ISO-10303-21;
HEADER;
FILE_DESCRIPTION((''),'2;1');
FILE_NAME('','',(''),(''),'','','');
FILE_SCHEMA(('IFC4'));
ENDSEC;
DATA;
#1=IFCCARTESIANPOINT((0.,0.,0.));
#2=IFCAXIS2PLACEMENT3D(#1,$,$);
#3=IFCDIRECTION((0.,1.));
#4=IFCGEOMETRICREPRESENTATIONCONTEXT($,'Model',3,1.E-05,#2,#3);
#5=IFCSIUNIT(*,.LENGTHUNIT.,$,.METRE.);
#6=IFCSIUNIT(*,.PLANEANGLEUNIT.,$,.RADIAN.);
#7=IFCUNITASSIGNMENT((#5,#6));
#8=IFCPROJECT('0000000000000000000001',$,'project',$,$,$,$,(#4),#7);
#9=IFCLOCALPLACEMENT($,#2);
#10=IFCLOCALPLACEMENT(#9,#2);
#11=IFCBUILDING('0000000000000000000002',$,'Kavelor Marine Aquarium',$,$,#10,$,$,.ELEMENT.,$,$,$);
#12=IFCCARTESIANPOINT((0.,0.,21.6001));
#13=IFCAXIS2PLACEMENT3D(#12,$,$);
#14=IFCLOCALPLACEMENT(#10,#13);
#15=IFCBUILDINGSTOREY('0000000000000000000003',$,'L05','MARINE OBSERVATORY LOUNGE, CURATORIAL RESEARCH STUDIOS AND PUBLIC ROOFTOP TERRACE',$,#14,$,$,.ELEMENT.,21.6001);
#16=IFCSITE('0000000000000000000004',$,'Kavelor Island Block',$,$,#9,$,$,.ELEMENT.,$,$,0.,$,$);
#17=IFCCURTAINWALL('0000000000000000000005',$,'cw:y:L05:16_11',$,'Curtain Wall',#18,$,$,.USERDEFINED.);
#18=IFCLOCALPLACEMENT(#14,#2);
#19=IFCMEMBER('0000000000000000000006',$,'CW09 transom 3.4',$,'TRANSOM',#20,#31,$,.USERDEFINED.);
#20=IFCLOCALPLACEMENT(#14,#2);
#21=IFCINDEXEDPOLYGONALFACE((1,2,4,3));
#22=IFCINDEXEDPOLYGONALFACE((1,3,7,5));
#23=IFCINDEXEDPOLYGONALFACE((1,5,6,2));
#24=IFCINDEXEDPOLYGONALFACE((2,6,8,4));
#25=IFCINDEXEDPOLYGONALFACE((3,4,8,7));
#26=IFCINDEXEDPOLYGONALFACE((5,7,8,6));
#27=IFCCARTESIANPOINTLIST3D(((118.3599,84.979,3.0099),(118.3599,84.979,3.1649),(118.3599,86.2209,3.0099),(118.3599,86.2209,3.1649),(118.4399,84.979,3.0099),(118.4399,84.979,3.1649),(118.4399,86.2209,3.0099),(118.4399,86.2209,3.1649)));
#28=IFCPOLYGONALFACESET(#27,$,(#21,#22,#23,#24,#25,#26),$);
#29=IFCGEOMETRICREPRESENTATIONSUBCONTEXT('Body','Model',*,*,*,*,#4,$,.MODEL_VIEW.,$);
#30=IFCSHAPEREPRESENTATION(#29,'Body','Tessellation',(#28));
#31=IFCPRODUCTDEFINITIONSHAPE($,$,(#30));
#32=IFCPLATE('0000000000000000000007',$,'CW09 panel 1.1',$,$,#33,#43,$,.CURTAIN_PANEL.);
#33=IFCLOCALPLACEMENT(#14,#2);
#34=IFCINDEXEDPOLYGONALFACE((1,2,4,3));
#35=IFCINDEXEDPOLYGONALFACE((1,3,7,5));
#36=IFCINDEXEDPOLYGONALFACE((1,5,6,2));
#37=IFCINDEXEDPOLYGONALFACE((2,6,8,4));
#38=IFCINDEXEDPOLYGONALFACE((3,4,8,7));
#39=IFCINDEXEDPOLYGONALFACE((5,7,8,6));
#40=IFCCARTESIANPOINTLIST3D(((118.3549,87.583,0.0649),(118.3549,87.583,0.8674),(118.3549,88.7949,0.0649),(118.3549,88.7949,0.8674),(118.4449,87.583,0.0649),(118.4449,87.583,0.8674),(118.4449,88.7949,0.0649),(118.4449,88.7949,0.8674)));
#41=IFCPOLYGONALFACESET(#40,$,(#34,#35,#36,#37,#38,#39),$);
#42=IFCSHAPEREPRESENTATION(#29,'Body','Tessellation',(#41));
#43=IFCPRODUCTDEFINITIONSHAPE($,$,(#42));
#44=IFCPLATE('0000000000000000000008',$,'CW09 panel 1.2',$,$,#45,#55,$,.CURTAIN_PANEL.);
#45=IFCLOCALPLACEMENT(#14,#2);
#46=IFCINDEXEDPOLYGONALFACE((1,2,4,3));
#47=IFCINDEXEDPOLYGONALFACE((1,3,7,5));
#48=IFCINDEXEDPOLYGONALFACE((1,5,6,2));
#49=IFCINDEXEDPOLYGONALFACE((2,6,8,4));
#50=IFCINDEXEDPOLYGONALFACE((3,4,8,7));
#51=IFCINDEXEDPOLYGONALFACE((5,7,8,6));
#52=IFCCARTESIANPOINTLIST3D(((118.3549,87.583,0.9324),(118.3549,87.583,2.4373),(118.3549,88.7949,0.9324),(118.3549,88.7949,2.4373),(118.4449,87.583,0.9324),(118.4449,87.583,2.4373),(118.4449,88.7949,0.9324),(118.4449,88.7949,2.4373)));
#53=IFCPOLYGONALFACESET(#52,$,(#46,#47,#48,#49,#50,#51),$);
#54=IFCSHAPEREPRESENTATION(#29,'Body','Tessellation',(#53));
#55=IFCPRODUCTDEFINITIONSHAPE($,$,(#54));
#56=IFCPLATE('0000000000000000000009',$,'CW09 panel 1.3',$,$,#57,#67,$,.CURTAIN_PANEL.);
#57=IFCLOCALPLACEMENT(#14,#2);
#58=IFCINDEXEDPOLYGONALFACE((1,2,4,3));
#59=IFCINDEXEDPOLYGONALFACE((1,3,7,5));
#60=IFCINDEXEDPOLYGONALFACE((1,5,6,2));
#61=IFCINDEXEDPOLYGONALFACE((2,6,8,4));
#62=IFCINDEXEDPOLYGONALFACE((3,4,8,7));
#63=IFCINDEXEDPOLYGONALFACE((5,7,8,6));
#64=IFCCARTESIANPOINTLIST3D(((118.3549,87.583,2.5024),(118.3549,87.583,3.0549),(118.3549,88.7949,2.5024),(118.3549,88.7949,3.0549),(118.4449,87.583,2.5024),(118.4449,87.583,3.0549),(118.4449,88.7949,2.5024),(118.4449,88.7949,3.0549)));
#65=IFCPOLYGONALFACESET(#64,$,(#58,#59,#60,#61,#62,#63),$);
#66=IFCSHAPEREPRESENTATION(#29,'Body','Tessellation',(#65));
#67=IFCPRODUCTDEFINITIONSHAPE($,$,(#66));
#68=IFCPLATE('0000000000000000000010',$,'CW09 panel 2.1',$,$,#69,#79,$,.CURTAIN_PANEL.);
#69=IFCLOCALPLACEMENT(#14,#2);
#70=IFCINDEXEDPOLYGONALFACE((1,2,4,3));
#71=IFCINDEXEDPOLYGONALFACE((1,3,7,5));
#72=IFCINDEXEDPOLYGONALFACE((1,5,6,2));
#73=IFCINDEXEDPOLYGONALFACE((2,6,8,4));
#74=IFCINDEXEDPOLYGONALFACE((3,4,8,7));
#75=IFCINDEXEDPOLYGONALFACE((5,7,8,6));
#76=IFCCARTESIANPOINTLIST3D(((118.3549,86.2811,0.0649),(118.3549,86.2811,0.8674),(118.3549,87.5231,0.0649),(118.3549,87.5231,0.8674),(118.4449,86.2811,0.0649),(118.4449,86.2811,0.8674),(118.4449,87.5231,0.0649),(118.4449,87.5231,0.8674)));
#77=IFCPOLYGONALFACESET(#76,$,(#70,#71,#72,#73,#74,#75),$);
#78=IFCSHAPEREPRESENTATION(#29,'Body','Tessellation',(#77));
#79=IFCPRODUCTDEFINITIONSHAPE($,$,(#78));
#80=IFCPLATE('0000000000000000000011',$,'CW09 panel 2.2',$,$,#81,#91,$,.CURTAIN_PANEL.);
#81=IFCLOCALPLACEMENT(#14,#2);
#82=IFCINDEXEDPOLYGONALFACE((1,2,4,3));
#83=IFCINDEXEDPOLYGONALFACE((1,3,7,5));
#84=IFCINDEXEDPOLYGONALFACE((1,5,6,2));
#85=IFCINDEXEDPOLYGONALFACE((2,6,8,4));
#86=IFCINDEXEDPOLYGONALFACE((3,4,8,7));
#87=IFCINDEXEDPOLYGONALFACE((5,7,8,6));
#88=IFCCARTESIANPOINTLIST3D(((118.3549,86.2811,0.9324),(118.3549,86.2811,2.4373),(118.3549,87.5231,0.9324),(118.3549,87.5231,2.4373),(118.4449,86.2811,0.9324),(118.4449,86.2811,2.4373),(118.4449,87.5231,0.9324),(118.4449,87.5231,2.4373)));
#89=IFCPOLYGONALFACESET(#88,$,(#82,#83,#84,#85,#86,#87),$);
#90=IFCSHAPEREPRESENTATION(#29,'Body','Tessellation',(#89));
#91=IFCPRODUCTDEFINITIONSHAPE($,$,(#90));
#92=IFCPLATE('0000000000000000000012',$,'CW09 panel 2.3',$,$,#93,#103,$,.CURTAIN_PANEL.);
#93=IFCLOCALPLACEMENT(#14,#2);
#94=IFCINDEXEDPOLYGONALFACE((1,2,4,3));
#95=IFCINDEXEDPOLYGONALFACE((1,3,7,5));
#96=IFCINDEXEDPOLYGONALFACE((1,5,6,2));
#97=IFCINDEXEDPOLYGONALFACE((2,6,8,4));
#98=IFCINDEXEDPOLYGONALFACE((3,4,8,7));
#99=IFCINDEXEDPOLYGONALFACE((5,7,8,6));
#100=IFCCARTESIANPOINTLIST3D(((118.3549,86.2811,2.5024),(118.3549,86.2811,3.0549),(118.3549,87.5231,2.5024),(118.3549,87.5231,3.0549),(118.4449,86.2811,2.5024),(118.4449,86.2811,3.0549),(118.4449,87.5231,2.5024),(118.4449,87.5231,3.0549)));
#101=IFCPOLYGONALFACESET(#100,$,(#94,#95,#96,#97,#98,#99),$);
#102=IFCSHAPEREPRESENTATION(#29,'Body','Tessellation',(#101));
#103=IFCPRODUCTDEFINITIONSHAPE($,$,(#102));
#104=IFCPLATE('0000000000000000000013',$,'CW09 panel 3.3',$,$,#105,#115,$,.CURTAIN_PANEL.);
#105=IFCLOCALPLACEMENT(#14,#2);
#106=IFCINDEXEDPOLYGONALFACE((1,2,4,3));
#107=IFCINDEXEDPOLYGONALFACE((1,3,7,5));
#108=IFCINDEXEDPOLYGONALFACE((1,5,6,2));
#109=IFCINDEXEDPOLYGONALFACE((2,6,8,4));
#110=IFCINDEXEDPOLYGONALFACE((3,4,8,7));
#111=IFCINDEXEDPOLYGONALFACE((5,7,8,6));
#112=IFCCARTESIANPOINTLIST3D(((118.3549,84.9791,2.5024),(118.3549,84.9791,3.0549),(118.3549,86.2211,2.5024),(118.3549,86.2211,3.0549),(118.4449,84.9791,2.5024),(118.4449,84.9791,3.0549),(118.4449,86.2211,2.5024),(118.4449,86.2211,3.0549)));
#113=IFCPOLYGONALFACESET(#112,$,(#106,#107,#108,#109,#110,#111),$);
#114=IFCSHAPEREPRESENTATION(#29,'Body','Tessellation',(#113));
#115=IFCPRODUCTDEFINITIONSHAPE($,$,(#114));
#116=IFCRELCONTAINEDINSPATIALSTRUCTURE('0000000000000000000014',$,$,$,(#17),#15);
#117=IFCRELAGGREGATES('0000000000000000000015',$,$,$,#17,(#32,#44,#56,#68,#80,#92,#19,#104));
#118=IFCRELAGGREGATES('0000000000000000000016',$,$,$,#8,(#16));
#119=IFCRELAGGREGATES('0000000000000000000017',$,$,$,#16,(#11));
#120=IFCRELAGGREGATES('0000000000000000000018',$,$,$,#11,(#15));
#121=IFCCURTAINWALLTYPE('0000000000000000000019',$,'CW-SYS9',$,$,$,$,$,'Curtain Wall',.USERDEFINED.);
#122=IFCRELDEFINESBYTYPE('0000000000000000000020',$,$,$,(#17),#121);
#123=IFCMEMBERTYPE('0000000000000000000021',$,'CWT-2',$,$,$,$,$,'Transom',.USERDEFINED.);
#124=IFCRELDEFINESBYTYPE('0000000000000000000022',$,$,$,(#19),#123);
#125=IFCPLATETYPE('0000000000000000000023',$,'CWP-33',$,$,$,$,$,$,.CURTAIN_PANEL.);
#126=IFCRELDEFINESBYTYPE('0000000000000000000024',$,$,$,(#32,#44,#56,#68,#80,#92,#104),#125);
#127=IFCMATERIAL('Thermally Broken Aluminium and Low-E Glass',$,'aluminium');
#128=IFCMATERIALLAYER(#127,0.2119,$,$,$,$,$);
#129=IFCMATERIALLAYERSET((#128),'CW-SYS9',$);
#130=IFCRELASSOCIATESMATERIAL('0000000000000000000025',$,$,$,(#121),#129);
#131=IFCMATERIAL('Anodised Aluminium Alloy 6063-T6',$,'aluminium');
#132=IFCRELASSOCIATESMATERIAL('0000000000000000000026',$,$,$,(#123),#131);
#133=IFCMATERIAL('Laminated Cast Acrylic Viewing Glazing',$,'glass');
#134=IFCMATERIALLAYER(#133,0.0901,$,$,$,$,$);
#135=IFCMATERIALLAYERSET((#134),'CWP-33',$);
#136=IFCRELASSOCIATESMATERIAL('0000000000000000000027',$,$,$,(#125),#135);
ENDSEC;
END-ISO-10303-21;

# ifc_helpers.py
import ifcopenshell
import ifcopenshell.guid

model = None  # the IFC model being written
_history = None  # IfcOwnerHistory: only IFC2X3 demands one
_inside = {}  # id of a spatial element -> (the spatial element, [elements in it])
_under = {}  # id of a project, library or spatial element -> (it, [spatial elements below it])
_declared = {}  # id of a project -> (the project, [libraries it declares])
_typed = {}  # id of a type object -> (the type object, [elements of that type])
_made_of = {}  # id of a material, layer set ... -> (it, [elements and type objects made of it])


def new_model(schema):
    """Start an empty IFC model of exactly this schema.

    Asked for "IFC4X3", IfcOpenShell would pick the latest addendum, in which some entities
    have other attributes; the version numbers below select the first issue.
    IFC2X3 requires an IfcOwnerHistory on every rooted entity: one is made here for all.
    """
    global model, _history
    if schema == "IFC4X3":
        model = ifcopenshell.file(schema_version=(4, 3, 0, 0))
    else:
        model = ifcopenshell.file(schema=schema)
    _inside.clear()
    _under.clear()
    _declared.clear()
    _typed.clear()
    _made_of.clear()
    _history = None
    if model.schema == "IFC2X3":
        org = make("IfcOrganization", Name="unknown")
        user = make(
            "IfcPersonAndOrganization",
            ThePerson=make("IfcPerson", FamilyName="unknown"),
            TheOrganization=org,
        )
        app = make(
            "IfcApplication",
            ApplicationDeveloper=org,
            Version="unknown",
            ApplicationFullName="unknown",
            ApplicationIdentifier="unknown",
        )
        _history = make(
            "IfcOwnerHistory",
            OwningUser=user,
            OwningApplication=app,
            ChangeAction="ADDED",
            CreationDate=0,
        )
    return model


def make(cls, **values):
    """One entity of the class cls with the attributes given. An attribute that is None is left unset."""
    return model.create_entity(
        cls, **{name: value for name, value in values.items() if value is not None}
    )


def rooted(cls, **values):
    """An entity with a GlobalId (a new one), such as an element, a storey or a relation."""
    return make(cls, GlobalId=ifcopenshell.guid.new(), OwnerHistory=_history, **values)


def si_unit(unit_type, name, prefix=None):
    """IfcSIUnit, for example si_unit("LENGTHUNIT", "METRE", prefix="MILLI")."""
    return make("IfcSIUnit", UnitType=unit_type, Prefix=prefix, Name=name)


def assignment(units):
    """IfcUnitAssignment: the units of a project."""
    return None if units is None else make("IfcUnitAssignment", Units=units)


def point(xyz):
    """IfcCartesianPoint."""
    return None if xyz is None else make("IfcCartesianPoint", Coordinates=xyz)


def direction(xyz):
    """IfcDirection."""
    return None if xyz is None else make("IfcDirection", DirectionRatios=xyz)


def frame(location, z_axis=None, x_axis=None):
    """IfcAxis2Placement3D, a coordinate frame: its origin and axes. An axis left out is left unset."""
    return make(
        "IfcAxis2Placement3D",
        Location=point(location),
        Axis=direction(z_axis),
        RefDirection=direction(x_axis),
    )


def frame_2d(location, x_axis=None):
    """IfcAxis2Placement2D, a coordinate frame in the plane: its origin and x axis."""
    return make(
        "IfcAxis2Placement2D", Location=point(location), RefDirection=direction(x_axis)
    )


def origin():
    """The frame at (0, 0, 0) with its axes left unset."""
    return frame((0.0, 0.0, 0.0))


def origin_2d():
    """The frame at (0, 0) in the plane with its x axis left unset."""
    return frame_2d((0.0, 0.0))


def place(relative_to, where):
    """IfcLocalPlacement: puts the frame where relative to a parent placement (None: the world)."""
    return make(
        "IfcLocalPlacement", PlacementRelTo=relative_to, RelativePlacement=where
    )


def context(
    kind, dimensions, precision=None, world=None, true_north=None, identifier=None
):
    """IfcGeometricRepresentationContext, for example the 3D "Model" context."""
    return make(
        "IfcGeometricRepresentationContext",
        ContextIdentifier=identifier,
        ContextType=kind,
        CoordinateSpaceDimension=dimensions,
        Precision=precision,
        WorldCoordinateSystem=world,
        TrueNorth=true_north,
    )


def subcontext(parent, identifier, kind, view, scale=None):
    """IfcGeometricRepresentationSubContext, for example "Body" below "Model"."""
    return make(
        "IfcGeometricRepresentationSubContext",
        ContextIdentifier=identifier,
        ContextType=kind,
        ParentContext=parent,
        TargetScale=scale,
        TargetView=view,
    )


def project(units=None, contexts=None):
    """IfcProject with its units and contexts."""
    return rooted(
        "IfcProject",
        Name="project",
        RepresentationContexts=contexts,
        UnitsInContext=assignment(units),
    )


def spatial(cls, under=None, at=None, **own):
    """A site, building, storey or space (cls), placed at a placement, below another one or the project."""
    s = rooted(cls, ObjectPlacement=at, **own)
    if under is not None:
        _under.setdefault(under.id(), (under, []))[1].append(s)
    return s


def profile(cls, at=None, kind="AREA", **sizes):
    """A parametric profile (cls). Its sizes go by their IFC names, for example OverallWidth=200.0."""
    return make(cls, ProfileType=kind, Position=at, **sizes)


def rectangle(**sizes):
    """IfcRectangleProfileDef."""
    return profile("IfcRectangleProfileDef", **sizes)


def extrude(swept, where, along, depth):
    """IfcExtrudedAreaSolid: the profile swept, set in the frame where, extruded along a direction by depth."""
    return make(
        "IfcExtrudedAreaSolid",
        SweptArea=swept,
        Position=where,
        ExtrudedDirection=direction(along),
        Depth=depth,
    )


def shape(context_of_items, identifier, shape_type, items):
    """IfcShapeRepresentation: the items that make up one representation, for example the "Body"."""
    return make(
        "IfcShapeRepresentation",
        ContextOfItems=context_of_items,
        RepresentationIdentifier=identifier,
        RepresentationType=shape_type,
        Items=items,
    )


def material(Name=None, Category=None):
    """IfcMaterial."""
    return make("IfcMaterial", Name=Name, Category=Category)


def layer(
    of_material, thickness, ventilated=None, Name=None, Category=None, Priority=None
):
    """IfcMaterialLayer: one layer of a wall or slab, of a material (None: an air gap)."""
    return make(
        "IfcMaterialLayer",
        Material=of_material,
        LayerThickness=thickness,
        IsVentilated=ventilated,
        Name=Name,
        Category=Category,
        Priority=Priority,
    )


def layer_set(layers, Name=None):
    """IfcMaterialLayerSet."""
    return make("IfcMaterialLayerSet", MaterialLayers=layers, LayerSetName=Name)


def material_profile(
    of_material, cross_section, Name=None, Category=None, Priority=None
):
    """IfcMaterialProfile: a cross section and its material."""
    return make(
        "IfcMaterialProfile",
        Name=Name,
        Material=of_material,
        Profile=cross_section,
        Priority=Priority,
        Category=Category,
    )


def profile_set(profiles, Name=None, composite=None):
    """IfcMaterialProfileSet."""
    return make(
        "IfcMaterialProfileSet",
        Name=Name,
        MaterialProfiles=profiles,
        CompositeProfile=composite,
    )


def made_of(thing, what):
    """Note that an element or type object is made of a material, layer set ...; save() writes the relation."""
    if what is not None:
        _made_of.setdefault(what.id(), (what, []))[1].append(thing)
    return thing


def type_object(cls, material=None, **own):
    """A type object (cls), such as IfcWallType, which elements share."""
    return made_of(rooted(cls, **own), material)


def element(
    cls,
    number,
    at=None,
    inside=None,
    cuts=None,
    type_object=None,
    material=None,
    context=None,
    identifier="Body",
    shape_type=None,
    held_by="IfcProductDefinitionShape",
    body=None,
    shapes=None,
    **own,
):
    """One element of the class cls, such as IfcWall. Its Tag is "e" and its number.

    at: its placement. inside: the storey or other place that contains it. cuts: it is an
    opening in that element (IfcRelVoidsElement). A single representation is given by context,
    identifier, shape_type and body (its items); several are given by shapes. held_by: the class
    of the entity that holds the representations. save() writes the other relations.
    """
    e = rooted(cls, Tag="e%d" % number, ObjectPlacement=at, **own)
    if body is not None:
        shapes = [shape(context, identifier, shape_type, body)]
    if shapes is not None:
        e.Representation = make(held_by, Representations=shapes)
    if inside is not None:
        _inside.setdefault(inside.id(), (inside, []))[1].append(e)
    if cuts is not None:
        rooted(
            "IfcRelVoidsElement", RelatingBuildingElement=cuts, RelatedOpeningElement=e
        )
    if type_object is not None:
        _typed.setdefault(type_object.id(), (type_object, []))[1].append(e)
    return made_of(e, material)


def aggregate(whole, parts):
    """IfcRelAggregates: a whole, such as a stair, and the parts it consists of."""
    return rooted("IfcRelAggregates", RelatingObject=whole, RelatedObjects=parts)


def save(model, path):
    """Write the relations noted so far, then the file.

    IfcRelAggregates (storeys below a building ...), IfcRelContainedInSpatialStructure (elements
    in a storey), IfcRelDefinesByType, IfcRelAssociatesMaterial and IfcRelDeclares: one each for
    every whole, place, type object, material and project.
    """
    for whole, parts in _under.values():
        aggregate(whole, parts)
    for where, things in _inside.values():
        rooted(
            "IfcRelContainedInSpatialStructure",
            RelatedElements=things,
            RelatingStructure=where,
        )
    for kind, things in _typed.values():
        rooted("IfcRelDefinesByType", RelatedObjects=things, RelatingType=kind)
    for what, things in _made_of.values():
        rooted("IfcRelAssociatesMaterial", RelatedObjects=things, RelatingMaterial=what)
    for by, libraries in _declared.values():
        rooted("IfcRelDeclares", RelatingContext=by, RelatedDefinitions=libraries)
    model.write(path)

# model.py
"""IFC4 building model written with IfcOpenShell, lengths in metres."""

from ifc_helpers import new_model, si_unit, direction, frame, origin, origin_2d, place, context, subcontext, project, spatial, rectangle, extrude, material, layer, layer_set, material_profile, profile_set, type_object, element, aggregate, save


model = new_model("IFC4")

# Units and contexts
model_context = context("Model", 3, precision=1e-05, world=origin(), true_north=direction((0.0, 1.0)))
body_context = subcontext(model_context, "Body", "Model", "MODEL_VIEW")
ifc_project = project(units=[si_unit("LENGTHUNIT", "METRE"), si_unit("PLANEANGLEUNIT", "RADIAN")], contexts=[model_context])

# Site, building, storey
site_placement = place(None, origin())
site = spatial("IfcSite", under=ifc_project, at=site_placement, Name="Kavelor Island Block", CompositionType="ELEMENT", RefElevation=0.0)
building_placement = place(site_placement, origin())
building = spatial("IfcBuilding", under=site, at=building_placement, Name="Kavelor Marine Aquarium", CompositionType="ELEMENT")
storey_placement = place(building_placement, frame((0.0, 0.0, 21.6001)))
storey = spatial("IfcBuildingStorey", under=building, at=storey_placement, Name="L05", Description="MARINE OBSERVATORY LOUNGE, CURATORIAL RESEARCH STUDIOS AND PUBLIC ROOFTOP TERRACE", CompositionType="ELEMENT", Elevation=21.6001)

# Curtain wall, member, plates
ifc_material_1 = material(Name="Thermally Broken Aluminium and Low-E Glass", Category="aluminium")
ifc_layer_1 = layer(ifc_material_1, 0.2119)
ifc_layer_set_1 = layer_set([ifc_layer_1], Name="CW-SYS9")
curtain_wall_type = type_object("IfcCurtainWallType", Name="CW-SYS9", ElementType="Curtain Wall", PredefinedType="USERDEFINED", material=ifc_layer_set_1)
curtain_wall_placement = place(storey_placement, origin())
curtain_wall = element("IfcCurtainWall", 1, at=curtain_wall_placement, inside=storey, type_object=curtain_wall_type, Name="cw:y:L05:16_11", ObjectType="Curtain Wall", PredefinedType="USERDEFINED")
ifc_material_2 = material(Name="Anodised Aluminium Alloy 6063-T6", Category="aluminium")
ifc_material_profile_1 = material_profile(ifc_material_2, rectangle(XDim=0.0801, YDim=0.155, at=origin_2d()), Name="CW-TRN 80x155")
ifc_profile_set_1 = profile_set([ifc_material_profile_1], Name="Anodised Aluminium Alloy 6063-T6")
member_type_1 = type_object("IfcMemberType", Name="CWT-2", ElementType="Transom", PredefinedType="USERDEFINED", material=ifc_profile_set_1)
member_1_placement = place(storey_placement, frame((118.3999, 86.2209, 3.0874), z_axis=(0.0, -1.0, 0.0), x_axis=(1.0, 0.0, 0.0)))
member_1 = element("IfcMember", 2, at=member_1_placement, type_object=member_type_1, Name="CW09 transom 3.4", ObjectType="TRANSOM", PredefinedType="USERDEFINED", context=body_context, shape_type="SweptSolid", body=[
    extrude(rectangle(XDim=0.0801, YDim=0.155, at=origin_2d()), origin(), (0.0, 0.0, 1.0), 1.2419),
])
ifc_material_3 = material(Name="Laminated Cast Acrylic Viewing Glazing", Category="glass")
ifc_layer_2 = layer(ifc_material_3, 0.0901)
ifc_layer_set_2 = layer_set([ifc_layer_2], Name="CWP-33")
plate_type = type_object("IfcPlateType", Name="CWP-33", PredefinedType="CURTAIN_PANEL", material=ifc_layer_set_2)
plate_1_placement = place(storey_placement, frame((118.3999, 88.189, 0.0649), z_axis=(0.0, 0.0, 1.0), x_axis=(0.0, -1.0, 0.0)))
plate_1 = element("IfcPlate", 3, at=plate_1_placement, type_object=plate_type, Name="CW09 panel 1.1", PredefinedType="CURTAIN_PANEL", context=body_context, shape_type="SweptSolid", body=[
    extrude(rectangle(XDim=1.2119, YDim=0.0901, at=origin_2d()), origin(), (0.0, 0.0, 1.0), 0.8025),
])
plate_2_placement = place(storey_placement, frame((118.3999, 88.189, 0.9324), z_axis=(0.0, 0.0, 1.0), x_axis=(0.0, -1.0, 0.0)))
plate_2 = element("IfcPlate", 4, at=plate_2_placement, type_object=plate_type, Name="CW09 panel 1.2", PredefinedType="CURTAIN_PANEL", context=body_context, shape_type="SweptSolid", body=[
    extrude(rectangle(XDim=1.2119, YDim=0.0901, at=origin_2d()), origin(), (0.0, 0.0, 1.0), 1.5049),
])
plate_3_placement = place(storey_placement, frame((118.3999, 88.189, 2.5024), z_axis=(0.0, 0.0, 1.0), x_axis=(0.0, -1.0, 0.0)))
plate_3 = element("IfcPlate", 5, at=plate_3_placement, type_object=plate_type, Name="CW09 panel 1.3", PredefinedType="CURTAIN_PANEL", context=body_context, shape_type="SweptSolid", body=[
    extrude(rectangle(XDim=1.2119, YDim=0.0901, at=origin_2d()), origin(), (0.0, 0.0, 1.0), 0.5525),
])
plate_4_placement = place(storey_placement, frame((118.3999, 86.9021, 0.0649), z_axis=(0.0, 0.0, 1.0), x_axis=(0.0, -1.0, 0.0)))
plate_4 = element("IfcPlate", 6, at=plate_4_placement, type_object=plate_type, Name="CW09 panel 2.1", PredefinedType="CURTAIN_PANEL", context=body_context, shape_type="SweptSolid", body=[
    extrude(rectangle(XDim=1.2419, YDim=0.0901, at=origin_2d()), origin(), (0.0, 0.0, 1.0), 0.8025),
])
plate_5_placement = place(storey_placement, frame((118.3999, 86.9021, 0.9324), z_axis=(0.0, 0.0, 1.0), x_axis=(0.0, -1.0, 0.0)))
plate_5 = element("IfcPlate", 7, at=plate_5_placement, type_object=plate_type, Name="CW09 panel 2.2", PredefinedType="CURTAIN_PANEL", context=body_context, shape_type="SweptSolid", body=[
    extrude(rectangle(XDim=1.2419, YDim=0.0901, at=origin_2d()), origin(), (0.0, 0.0, 1.0), 1.5049),
])
plate_6_placement = place(storey_placement, frame((118.3999, 86.9021, 2.5024), z_axis=(0.0, 0.0, 1.0), x_axis=(0.0, -1.0, 0.0)))
plate_6 = element("IfcPlate", 8, at=plate_6_placement, type_object=plate_type, Name="CW09 panel 2.3", PredefinedType="CURTAIN_PANEL", context=body_context, shape_type="SweptSolid", body=[
    extrude(rectangle(XDim=1.2419, YDim=0.0901, at=origin_2d()), origin(), (0.0, 0.0, 1.0), 0.5525),
])
plate_7_placement = place(storey_placement, frame((118.3999, 85.6001, 2.5024), z_axis=(0.0, 0.0, 1.0), x_axis=(0.0, -1.0, 0.0)))
plate_7 = element("IfcPlate", 9, at=plate_7_placement, type_object=plate_type, Name="CW09 panel 3.3", PredefinedType="CURTAIN_PANEL", context=body_context, shape_type="SweptSolid", body=[
    extrude(rectangle(XDim=1.2419, YDim=0.0901, at=origin_2d()), origin(), (0.0, 0.0, 1.0), 0.5525),
])
aggregate(curtain_wall, [plate_1, plate_2, plate_3, plate_4, plate_5, plate_6, member_1, plate_7])

save(model, "model.ifc")
